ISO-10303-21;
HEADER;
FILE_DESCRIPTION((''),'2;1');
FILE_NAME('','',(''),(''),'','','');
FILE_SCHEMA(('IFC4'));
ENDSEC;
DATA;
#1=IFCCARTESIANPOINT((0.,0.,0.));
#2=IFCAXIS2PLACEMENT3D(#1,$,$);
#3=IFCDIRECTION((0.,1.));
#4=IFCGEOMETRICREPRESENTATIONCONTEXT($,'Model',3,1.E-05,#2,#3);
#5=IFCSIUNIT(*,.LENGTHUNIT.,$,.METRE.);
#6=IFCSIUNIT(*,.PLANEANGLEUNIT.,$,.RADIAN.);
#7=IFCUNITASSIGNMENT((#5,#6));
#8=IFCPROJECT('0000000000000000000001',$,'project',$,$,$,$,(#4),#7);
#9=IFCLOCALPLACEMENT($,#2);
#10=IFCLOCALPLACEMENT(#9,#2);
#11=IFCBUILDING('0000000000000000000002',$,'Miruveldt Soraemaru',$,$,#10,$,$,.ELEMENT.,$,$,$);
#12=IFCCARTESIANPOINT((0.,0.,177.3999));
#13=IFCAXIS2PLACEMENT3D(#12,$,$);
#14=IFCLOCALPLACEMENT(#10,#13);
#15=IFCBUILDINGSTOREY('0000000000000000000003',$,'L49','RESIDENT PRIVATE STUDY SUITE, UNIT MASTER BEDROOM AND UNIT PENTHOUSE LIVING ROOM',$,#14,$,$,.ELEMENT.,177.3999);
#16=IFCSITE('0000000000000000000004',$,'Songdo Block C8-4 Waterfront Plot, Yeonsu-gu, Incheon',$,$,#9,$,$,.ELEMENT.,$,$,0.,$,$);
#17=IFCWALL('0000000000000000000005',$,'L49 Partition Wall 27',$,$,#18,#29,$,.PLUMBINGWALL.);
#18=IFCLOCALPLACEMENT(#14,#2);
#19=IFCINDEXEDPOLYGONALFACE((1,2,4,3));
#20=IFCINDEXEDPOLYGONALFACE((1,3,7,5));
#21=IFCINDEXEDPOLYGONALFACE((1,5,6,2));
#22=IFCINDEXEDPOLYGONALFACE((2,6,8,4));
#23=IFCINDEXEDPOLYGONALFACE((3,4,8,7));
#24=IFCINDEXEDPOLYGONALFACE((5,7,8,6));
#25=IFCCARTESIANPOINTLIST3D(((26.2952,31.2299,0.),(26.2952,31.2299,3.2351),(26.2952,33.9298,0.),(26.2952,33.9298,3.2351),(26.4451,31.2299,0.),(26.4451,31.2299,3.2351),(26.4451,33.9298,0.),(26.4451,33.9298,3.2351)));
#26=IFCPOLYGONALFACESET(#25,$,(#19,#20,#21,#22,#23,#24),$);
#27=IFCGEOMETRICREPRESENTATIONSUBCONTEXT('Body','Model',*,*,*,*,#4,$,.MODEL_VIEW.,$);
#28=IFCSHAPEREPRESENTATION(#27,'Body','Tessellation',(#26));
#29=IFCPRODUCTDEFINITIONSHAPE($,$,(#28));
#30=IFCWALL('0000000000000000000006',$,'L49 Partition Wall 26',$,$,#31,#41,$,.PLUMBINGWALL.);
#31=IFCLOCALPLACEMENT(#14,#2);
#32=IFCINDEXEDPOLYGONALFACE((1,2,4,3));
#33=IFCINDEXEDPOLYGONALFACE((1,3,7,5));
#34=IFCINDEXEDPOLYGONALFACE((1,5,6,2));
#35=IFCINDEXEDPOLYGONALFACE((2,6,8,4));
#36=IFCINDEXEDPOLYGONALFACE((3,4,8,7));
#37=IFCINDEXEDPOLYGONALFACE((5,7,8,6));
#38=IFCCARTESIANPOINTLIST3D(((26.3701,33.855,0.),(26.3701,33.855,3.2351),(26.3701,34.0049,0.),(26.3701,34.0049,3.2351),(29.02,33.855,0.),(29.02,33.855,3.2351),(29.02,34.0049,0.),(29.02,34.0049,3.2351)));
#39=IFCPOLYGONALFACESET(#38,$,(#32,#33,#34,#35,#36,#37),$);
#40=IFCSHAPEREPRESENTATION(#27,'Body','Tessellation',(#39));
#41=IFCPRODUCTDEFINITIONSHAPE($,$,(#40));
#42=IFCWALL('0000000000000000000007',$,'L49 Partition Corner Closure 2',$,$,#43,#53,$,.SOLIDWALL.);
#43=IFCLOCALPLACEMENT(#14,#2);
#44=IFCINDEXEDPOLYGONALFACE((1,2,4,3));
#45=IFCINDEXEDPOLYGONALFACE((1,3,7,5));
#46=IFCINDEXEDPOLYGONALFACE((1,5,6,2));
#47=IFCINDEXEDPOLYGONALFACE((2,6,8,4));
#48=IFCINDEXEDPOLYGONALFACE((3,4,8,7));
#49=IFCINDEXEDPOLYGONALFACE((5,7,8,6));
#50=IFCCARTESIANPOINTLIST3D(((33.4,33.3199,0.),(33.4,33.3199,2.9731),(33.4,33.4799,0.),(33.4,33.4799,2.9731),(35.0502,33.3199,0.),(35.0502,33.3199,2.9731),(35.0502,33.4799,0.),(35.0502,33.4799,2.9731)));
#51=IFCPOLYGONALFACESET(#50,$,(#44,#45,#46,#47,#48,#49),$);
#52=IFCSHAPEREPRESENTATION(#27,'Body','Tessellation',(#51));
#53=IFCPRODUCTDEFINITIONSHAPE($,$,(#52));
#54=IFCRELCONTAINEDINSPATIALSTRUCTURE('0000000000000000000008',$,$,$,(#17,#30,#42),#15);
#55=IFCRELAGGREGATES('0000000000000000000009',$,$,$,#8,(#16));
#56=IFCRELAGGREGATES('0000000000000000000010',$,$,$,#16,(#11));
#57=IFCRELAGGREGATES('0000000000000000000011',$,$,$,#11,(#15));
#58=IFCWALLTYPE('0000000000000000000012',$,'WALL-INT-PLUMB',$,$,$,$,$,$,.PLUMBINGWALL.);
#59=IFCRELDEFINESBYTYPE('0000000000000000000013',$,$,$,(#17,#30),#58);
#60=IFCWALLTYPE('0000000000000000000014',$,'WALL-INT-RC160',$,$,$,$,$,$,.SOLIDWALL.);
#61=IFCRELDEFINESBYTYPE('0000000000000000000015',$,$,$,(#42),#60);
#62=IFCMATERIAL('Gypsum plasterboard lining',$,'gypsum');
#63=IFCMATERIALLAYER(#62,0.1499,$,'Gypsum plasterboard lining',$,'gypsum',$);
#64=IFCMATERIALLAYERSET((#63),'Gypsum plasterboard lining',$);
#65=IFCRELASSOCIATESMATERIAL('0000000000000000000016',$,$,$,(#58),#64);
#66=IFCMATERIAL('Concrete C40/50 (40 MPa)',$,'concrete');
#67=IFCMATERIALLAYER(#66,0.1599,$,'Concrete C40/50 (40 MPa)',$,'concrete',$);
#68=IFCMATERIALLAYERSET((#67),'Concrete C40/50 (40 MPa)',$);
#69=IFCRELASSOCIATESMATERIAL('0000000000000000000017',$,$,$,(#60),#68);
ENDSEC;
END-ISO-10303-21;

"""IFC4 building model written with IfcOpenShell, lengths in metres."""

from ifc_helpers import new_model, si_unit, direction, frame, frame_2d, origin, place, context, subcontext, project, spatial, rectangle, extrude, material, layer, layer_set, type_object, element, save


model = new_model("IFC4")

# Units and contexts
model_context = context("Model", 3, precision=1e-05, world=origin(), true_north=direction((0.0, 1.0)))
body_context = subcontext(model_context, "Body", "Model", "MODEL_VIEW")
ifc_project = project(units=[si_unit("LENGTHUNIT", "METRE"), si_unit("PLANEANGLEUNIT", "RADIAN")], contexts=[model_context])

# Site, building, storey
site_placement = place(None, origin())
site = spatial("IfcSite", under=ifc_project, at=site_placement, Name="Songdo Block C8-4 Waterfront Plot, Yeonsu-gu, Incheon", CompositionType="ELEMENT", RefElevation=0.0)
building_placement = place(site_placement, origin())
building = spatial("IfcBuilding", under=site, at=building_placement, Name="Miruveldt Soraemaru", CompositionType="ELEMENT")
storey_placement = place(building_placement, frame((0.0, 0.0, 177.3999)))
storey = spatial("IfcBuildingStorey", under=building, at=storey_placement, Name="L49", Description="RESIDENT PRIVATE STUDY SUITE, UNIT MASTER BEDROOM AND UNIT PENTHOUSE LIVING ROOM", CompositionType="ELEMENT", Elevation=177.3999)

# Walls
ifc_material_1 = material(Name="Gypsum plasterboard lining", Category="gypsum")
ifc_layer_1 = layer(ifc_material_1, 0.1499, Name="Gypsum plasterboard lining", Category="gypsum")
ifc_layer_set_1 = layer_set([ifc_layer_1], Name="Gypsum plasterboard lining")
wall_type_1 = type_object("IfcWallType", Name="WALL-INT-PLUMB", PredefinedType="PLUMBINGWALL", material=ifc_layer_set_1)
wall_1_placement = place(storey_placement, frame((26.3701, 33.9299, 0.0), z_axis=(0.0, 0.0, 1.0), x_axis=(0.0, -1.0, 0.0)))
element("IfcWall", 1, at=wall_1_placement, inside=storey, type_object=wall_type_1, Name="L49 Partition Wall 27", PredefinedType="PLUMBINGWALL", context=body_context, shape_type="SweptSolid", body=[
    extrude(rectangle(XDim=2.7, YDim=0.1499, at=frame_2d((1.3501, 0.0))), origin(), (0.0, 0.0, 1.0), 3.2351),
])
wall_2_placement = place(storey_placement, frame((29.02, 33.9299, 0.0), z_axis=(0.0, 0.0, 1.0), x_axis=(-1.0, 0.0, 0.0)))
element("IfcWall", 2, at=wall_2_placement, inside=storey, type_object=wall_type_1, Name="L49 Partition Wall 26", PredefinedType="PLUMBINGWALL", context=body_context, shape_type="SweptSolid", body=[
    extrude(rectangle(XDim=2.6499, YDim=0.1499, at=frame_2d((1.325, 0.0))), origin(), (0.0, 0.0, 1.0), 3.2351),
])
ifc_material_2 = material(Name="Concrete C40/50 (40 MPa)", Category="concrete")
ifc_layer_2 = layer(ifc_material_2, 0.1599, Name="Concrete C40/50 (40 MPa)", Category="concrete")
ifc_layer_set_2 = layer_set([ifc_layer_2], Name="Concrete C40/50 (40 MPa)")
wall_type_2 = type_object("IfcWallType", Name="WALL-INT-RC160", PredefinedType="SOLIDWALL", material=ifc_layer_set_2)
wall_3_placement = place(storey_placement, frame((33.3999, 33.3999, 0.0), z_axis=(0.0, 0.0, 1.0), x_axis=(1.0, 0.0, 0.0)))
element("IfcWall", 3, at=wall_3_placement, inside=storey, type_object=wall_type_2, Name="L49 Partition Corner Closure 2", PredefinedType="SOLIDWALL", context=body_context, shape_type="SweptSolid", body=[
    extrude(rectangle(XDim=1.6501, YDim=0.1599, at=frame_2d((0.8252, 0.0))), origin(), (0.0, 0.0, 1.0), 2.9731),
])

save(model, "model.ifc")
